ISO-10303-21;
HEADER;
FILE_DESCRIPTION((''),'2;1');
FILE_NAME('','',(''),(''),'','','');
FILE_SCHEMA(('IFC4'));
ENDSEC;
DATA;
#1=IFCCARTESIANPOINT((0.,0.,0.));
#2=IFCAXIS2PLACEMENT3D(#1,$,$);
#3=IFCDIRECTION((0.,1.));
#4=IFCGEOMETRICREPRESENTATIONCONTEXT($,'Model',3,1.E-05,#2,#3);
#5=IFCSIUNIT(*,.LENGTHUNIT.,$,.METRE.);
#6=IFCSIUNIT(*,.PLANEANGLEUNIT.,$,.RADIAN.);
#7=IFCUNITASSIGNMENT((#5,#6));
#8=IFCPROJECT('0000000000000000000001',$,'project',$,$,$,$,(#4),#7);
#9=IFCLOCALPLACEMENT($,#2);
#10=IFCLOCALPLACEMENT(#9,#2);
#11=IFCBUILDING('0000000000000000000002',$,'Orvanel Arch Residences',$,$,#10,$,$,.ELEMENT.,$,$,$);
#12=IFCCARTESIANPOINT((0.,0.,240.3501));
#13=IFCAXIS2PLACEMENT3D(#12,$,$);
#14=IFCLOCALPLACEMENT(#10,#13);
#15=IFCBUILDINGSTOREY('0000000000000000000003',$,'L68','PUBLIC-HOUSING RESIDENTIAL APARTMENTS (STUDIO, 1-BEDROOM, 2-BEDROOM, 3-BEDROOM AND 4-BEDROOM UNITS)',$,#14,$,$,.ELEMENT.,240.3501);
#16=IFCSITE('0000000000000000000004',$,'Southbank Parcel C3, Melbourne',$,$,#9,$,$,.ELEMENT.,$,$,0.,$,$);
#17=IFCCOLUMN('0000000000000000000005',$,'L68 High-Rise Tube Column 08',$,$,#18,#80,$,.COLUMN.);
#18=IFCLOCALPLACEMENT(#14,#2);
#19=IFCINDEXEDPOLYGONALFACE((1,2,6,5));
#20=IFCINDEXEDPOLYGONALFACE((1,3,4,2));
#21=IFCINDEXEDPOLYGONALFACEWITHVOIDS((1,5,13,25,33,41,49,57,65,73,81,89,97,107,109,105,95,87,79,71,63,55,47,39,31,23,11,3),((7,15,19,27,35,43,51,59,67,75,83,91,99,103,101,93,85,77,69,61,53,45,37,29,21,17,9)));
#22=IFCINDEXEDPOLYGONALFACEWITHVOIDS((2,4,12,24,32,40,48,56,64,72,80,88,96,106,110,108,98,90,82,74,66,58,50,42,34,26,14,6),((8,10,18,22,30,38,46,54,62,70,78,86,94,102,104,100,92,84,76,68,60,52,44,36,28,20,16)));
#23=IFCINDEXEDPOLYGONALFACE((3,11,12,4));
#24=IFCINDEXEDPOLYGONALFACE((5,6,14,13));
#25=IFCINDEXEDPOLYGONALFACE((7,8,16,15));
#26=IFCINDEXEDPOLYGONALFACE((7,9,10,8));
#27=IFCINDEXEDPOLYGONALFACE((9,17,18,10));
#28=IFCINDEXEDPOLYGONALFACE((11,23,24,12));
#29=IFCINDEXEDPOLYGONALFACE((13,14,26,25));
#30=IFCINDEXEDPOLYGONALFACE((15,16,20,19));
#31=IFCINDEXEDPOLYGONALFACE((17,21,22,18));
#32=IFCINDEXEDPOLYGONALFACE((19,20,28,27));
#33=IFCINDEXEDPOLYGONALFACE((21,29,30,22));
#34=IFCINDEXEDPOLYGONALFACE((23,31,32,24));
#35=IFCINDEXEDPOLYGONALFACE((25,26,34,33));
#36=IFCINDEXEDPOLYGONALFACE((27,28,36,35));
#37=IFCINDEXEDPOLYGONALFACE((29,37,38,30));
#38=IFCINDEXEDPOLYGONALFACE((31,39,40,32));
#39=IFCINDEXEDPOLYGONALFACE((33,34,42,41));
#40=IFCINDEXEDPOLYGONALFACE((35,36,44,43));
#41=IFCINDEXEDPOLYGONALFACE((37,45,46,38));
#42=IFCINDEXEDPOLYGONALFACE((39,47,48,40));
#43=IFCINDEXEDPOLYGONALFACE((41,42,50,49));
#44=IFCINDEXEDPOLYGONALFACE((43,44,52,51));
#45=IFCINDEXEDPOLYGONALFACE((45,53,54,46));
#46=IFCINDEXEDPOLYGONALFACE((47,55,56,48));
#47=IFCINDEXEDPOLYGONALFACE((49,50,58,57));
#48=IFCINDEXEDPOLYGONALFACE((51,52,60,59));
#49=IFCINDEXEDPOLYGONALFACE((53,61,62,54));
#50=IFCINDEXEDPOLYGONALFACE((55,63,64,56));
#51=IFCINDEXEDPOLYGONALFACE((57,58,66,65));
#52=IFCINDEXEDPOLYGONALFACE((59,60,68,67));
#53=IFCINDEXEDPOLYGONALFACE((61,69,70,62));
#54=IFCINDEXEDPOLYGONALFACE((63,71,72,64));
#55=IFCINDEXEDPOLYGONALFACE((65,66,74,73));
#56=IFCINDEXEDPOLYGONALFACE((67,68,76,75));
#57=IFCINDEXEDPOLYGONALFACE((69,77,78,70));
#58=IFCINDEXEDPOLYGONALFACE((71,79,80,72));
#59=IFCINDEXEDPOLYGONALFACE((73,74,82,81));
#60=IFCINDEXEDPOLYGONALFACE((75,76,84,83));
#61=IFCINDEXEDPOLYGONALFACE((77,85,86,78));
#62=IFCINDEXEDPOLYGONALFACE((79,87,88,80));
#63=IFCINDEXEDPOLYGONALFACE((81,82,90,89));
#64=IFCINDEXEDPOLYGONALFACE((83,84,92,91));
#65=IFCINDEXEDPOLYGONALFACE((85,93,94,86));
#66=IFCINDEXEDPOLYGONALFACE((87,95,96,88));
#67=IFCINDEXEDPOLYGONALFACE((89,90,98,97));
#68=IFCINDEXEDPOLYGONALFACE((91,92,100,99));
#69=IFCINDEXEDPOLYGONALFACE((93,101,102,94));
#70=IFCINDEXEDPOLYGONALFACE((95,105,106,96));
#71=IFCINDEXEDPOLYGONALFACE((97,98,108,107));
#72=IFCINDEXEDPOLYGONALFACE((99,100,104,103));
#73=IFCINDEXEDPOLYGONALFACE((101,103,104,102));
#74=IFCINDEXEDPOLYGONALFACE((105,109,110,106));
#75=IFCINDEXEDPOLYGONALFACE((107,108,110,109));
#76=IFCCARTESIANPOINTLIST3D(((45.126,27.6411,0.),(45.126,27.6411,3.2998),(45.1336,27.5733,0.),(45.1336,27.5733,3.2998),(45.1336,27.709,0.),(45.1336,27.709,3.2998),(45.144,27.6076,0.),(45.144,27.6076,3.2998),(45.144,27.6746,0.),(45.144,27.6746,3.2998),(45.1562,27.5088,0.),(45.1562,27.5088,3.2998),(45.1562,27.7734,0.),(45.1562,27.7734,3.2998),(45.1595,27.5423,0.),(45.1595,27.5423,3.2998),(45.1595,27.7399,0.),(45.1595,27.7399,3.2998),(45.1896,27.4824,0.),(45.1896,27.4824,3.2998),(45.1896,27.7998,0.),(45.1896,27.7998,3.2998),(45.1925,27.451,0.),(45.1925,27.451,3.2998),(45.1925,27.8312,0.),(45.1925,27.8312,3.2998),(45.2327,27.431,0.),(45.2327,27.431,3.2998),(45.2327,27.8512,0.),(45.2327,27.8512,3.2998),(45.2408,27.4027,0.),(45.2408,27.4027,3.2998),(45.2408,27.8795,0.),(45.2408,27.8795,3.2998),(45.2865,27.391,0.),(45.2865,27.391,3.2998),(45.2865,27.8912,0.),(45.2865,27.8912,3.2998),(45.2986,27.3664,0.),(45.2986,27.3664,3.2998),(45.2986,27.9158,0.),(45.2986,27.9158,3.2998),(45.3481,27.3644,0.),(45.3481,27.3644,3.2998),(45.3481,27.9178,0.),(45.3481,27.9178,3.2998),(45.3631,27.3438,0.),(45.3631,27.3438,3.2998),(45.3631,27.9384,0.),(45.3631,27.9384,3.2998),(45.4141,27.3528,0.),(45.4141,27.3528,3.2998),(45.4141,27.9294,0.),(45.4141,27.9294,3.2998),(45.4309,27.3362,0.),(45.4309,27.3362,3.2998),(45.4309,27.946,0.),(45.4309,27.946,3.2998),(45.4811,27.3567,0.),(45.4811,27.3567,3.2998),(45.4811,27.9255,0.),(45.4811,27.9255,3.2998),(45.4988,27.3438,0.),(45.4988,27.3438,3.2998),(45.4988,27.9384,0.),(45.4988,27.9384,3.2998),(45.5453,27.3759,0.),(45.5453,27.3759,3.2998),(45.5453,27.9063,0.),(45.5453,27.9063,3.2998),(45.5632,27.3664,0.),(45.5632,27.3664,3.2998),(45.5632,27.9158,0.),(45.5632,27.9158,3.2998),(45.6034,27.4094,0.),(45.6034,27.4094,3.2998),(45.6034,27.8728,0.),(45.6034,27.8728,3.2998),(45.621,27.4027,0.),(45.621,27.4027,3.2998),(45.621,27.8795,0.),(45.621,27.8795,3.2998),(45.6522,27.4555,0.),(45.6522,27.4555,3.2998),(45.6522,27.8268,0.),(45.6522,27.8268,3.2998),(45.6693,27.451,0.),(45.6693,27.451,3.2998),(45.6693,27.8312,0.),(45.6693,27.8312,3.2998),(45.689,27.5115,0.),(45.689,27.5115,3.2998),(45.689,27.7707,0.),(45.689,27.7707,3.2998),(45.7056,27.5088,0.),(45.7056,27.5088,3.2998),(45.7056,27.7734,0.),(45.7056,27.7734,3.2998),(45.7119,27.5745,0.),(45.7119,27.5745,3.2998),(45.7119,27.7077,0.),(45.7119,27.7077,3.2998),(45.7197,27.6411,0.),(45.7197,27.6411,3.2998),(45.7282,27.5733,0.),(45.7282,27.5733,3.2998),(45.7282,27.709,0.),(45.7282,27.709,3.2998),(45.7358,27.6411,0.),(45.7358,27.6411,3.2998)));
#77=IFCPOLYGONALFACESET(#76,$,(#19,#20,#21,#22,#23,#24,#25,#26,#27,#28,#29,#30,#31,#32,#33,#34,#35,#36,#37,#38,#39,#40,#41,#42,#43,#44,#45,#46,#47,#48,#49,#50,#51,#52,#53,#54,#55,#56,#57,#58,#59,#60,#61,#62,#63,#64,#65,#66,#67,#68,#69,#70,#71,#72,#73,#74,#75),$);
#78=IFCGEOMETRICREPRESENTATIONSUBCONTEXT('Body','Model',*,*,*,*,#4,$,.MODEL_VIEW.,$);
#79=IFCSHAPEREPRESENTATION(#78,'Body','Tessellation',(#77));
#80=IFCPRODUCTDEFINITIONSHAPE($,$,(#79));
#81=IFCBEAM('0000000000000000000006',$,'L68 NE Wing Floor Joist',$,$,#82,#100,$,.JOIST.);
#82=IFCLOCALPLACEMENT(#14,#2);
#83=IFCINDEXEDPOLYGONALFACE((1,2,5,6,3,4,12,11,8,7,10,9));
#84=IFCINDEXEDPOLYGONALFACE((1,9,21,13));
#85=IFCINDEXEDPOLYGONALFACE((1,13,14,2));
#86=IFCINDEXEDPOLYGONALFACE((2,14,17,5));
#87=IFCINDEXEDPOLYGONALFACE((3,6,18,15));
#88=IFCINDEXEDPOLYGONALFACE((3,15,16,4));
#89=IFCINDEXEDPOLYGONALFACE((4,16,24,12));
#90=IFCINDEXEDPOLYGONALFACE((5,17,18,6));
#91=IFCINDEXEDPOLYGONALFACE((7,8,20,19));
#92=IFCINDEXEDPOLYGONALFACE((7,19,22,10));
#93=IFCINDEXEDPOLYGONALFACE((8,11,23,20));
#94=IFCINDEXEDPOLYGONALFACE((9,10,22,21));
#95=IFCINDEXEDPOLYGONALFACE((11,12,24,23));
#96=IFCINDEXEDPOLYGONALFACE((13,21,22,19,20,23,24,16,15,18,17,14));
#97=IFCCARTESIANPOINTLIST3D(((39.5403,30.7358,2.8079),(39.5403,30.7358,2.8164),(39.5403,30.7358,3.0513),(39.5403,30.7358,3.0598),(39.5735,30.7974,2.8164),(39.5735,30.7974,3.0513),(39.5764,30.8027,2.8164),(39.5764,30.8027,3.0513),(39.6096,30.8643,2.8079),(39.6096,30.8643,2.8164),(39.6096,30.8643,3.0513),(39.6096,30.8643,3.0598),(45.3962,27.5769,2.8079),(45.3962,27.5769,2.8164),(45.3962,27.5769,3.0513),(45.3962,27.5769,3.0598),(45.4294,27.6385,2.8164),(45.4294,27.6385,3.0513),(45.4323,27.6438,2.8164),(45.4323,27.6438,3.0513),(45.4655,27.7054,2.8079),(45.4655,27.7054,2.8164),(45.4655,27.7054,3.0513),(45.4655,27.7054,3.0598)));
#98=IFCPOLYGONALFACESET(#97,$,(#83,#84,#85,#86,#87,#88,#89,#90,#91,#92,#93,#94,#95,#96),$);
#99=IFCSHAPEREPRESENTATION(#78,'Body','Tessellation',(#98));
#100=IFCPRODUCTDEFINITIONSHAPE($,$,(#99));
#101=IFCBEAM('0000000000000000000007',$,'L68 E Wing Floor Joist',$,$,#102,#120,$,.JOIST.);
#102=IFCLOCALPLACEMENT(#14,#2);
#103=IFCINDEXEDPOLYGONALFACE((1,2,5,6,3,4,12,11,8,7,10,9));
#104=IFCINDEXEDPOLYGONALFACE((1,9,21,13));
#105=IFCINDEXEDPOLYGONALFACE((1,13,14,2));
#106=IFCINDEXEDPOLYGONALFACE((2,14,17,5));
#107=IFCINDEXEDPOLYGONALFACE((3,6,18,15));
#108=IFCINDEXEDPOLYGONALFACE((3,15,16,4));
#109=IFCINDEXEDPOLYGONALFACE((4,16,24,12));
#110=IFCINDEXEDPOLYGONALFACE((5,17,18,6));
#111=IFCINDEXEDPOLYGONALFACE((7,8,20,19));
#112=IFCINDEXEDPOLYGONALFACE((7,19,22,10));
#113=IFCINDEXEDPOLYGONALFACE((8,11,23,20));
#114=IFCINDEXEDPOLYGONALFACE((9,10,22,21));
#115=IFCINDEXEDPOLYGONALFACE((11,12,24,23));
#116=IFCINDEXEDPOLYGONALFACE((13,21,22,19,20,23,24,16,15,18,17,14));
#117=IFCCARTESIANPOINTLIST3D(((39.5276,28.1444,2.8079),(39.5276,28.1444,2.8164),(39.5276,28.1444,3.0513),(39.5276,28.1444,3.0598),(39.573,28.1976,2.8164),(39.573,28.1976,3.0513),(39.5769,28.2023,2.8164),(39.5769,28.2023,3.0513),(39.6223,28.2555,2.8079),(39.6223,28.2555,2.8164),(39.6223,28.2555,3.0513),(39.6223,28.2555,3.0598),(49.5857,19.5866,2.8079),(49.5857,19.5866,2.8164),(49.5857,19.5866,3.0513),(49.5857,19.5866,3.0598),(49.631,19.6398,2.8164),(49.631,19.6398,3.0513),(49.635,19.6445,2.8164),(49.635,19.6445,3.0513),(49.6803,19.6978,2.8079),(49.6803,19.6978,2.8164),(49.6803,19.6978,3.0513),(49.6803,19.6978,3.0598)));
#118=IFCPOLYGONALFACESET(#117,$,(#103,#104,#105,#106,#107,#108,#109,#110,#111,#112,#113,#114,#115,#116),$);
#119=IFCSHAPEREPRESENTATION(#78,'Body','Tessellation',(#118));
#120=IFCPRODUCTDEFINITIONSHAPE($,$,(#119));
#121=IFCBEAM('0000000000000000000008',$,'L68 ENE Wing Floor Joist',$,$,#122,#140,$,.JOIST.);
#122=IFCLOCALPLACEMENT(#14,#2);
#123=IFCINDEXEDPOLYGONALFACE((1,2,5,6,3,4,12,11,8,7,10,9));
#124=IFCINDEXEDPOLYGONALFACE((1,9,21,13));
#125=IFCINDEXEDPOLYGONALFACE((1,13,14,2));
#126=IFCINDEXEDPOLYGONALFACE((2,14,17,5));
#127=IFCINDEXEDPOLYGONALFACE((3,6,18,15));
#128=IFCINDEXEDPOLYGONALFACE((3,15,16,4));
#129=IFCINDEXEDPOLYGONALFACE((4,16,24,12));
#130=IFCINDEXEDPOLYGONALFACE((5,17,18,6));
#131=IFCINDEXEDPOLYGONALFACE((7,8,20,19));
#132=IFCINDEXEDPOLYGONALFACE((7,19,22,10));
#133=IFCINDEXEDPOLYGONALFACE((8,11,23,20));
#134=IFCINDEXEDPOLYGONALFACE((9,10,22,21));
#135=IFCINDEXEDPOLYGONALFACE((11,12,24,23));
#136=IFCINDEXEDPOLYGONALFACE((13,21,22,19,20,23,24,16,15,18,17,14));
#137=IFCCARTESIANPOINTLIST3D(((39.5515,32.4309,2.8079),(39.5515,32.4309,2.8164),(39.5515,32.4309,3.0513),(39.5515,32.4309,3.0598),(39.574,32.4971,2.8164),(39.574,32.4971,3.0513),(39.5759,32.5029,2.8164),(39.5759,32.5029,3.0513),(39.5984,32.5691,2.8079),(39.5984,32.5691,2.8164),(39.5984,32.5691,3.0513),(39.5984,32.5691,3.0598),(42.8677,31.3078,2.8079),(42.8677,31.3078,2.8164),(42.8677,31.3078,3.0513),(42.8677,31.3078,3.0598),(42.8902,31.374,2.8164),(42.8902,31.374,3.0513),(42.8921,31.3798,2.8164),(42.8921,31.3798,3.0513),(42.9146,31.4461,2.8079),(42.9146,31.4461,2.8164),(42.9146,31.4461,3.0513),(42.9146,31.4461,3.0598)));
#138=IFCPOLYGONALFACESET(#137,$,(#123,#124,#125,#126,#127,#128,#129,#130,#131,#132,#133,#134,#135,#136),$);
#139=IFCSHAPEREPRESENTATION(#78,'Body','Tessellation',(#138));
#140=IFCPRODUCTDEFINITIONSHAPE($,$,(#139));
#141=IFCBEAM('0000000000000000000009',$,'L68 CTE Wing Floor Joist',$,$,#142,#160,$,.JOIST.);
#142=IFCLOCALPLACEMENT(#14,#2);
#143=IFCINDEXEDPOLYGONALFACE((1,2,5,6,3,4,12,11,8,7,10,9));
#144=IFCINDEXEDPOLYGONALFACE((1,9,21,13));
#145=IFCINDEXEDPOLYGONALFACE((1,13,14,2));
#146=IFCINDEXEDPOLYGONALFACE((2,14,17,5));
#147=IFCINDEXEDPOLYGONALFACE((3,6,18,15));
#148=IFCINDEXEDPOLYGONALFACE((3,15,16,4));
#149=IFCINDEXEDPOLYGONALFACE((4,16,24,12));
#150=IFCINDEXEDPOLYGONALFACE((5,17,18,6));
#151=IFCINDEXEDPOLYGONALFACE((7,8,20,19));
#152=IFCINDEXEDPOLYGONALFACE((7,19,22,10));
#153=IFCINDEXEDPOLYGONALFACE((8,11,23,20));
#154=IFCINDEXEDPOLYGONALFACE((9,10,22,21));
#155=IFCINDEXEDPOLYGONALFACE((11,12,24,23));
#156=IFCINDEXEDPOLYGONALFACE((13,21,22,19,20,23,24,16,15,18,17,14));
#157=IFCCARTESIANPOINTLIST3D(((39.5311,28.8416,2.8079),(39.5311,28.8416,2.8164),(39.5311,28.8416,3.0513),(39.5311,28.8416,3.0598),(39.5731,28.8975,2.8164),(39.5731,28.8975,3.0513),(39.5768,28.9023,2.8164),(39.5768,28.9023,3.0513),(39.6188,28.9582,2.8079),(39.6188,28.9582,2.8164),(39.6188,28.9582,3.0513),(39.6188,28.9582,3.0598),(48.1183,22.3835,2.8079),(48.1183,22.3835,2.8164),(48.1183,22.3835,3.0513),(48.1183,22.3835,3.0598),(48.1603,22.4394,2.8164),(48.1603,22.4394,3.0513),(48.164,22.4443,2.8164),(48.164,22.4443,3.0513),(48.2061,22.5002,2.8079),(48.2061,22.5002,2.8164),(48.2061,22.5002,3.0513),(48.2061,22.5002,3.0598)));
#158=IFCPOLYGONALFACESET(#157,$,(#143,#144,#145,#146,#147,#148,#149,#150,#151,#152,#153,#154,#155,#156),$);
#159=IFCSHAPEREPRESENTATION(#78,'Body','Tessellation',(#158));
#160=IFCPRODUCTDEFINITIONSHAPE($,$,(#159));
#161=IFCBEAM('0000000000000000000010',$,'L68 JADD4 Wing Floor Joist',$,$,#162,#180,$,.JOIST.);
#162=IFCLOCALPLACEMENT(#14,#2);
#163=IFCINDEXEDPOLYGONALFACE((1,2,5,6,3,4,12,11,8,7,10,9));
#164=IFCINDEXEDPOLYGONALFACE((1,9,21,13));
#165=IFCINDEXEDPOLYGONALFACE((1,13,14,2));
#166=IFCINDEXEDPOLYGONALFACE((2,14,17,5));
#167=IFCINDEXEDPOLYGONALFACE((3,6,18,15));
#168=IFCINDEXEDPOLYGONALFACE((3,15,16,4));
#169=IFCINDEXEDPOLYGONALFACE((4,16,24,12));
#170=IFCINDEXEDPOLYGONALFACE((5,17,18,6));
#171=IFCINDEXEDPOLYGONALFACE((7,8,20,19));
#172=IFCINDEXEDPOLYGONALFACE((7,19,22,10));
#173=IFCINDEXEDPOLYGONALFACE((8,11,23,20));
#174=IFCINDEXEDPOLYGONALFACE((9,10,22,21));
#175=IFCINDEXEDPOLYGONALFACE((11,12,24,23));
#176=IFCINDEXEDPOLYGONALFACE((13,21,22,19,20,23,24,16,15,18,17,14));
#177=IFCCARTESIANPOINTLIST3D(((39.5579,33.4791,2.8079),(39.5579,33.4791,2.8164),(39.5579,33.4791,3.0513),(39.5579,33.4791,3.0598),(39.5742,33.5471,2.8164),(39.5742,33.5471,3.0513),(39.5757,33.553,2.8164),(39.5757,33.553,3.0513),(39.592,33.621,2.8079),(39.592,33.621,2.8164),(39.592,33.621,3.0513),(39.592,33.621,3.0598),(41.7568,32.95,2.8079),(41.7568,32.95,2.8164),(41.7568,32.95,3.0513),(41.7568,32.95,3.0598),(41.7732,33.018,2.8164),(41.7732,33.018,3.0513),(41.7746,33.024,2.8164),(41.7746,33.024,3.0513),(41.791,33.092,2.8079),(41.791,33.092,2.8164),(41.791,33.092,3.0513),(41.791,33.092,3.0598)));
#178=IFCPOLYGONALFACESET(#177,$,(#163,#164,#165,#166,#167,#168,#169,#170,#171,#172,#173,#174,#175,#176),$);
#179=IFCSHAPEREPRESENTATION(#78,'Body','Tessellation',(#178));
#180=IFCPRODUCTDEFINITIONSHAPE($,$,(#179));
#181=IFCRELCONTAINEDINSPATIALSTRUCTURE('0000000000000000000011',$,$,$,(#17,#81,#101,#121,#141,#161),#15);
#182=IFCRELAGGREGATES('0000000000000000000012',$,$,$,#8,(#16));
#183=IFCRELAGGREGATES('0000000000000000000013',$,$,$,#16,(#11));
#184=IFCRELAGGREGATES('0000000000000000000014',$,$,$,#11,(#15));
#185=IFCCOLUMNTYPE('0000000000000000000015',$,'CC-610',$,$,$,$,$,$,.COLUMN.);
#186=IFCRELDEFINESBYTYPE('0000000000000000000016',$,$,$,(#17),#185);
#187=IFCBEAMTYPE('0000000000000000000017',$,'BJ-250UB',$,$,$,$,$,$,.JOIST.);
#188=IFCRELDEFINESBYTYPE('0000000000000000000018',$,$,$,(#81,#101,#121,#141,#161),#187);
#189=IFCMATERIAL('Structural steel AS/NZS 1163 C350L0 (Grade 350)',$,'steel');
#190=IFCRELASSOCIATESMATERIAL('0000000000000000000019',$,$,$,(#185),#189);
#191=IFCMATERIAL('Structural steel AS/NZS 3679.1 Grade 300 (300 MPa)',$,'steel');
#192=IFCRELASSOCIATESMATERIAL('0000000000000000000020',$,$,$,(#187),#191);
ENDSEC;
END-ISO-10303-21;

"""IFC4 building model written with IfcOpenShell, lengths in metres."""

from ifc_helpers import new_model, si_unit, direction, frame, origin, origin_2d, place, context, subcontext, project, spatial, hollow_circle, i_section, extrude, material, material_profile, profile_set, type_object, element, save


model = new_model("IFC4")

# Units and contexts
model_context = context("Model", 3, precision=1e-05, world=origin(), true_north=direction((0.0, 1.0)))
body_context = subcontext(model_context, "Body", "Model", "MODEL_VIEW")
ifc_project = project(units=[si_unit("LENGTHUNIT", "METRE"), si_unit("PLANEANGLEUNIT", "RADIAN")], contexts=[model_context])

# Site, building, storey
site_placement = place(None, origin())
site = spatial("IfcSite", under=ifc_project, at=site_placement, Name="Southbank Parcel C3, Melbourne", CompositionType="ELEMENT", RefElevation=0.0)
building_placement = place(site_placement, origin())
building = spatial("IfcBuilding", under=site, at=building_placement, Name="Orvanel Arch Residences", CompositionType="ELEMENT")
storey_placement = place(building_placement, frame((0.0, 0.0, 240.3501)))
storey = spatial("IfcBuildingStorey", under=building, at=storey_placement, Name="L68", Description="PUBLIC-HOUSING RESIDENTIAL APARTMENTS (STUDIO, 1-BEDROOM, 2-BEDROOM, 3-BEDROOM AND 4-BEDROOM UNITS)", CompositionType="ELEMENT", Elevation=240.3501)

# Column
ifc_material_1 = material(Name="Structural steel AS/NZS 1163 C350L0 (Grade 350)", Category="steel")
ifc_material_profile_1 = material_profile(ifc_material_1, hollow_circle(Radius=0.3049, WallThickness=0.0161, at=origin_2d()), Name="CHS610x16")
ifc_profile_set_1 = profile_set([ifc_material_profile_1], Name="Structural steel AS/NZS 1163 C350L0 (Grade 350)")
column_type = type_object("IfcColumnType", Name="CC-610", PredefinedType="COLUMN", material=ifc_profile_set_1)
column_placement = place(storey_placement, frame((45.4309, 27.6411, 0.0), z_axis=(0.0, 0.0, 1.0), x_axis=(1.0, 0.0, 0.0)))
element("IfcColumn", 1, at=column_placement, inside=storey, type_object=column_type, Name="L68 High-Rise Tube Column 08", PredefinedType="COLUMN", context=body_context, shape_type="SweptSolid", body=[
    extrude(hollow_circle(Radius=0.3049, WallThickness=0.0161, at=origin_2d()), origin(), (0.0, 0.0, 1.0), 3.2998),
])

# Beams
ifc_material_2 = material(Name="Structural steel AS/NZS 3679.1 Grade 300 (300 MPa)", Category="steel")
ifc_material_profile_2 = material_profile(ifc_material_2, i_section(OverallWidth=0.146, OverallDepth=0.252, WebThickness=0.0061, FlangeThickness=0.0085, at=origin_2d()), Name="250UB31.4")
ifc_profile_set_2 = profile_set([ifc_material_profile_2], Name="Structural steel AS/NZS 3679.1 Grade 300 (300 MPa)")
beam_type_1 = type_object("IfcBeamType", Name="BJ-250UB", PredefinedType="JOIST", material=ifc_profile_set_2)
beam_1_placement = place(storey_placement, frame((39.575, 30.8, 2.9338), z_axis=(0.880111, -0.474767, 0.0), x_axis=(0.474767, 0.880111, 0.0)))
element("IfcBeam", 2, at=beam_1_placement, inside=storey, type_object=beam_type_1, Name="L68 NE Wing Floor Joist", PredefinedType="JOIST", context=body_context, shape_type="SweptSolid", body=[
    extrude(i_section(OverallWidth=0.146, OverallDepth=0.252, WebThickness=0.0061, FlangeThickness=0.0085, at=origin_2d()), origin(), (0.0, 0.0, 1.0), 6.6536),
])
beam_2_placement = place(storey_placement, frame((39.575, 28.2, 2.9338), z_axis=(0.761623, -0.648021, 0.0), x_axis=(0.648021, 0.761623, 0.0)))
element("IfcBeam", 3, at=beam_2_placement, inside=storey, type_object=beam_type_1, Name="L68 E Wing Floor Joist", PredefinedType="JOIST", context=body_context, shape_type="SweptSolid", body=[
    extrude(i_section(OverallWidth=0.146, OverallDepth=0.252, WebThickness=0.0061, FlangeThickness=0.0085, at=origin_2d()), origin(), (0.0, 0.0, 1.0), 13.2061),
])
beam_3_placement = place(storey_placement, frame((39.575, 32.5, 2.9338), z_axis=(0.947159, -0.320764, 0.0), x_axis=(0.320764, 0.947159, 0.0)))
element("IfcBeam", 4, at=beam_3_placement, inside=storey, type_object=beam_type_1, Name="L68 ENE Wing Floor Joist", PredefinedType="JOIST", context=body_context, shape_type="SweptSolid", body=[
    extrude(i_section(OverallWidth=0.146, OverallDepth=0.252, WebThickness=0.0061, FlangeThickness=0.0085, at=origin_2d()), origin(), (0.0, 0.0, 1.0), 3.5012),
])
beam_4_placement = place(storey_placement, frame((39.575, 28.8999, 2.9338), z_axis=(0.799211, -0.60105, 0.0), x_axis=(0.60105, 0.799211, 0.0)))
element("IfcBeam", 5, at=beam_4_placement, inside=storey, type_object=beam_type_1, Name="L68 CTE Wing Floor Joist", PredefinedType="JOIST", context=body_context, shape_type="SweptSolid", body=[
    extrude(i_section(OverallWidth=0.146, OverallDepth=0.252, WebThickness=0.0061, FlangeThickness=0.0085, at=origin_2d()), origin(), (0.0, 0.0, 1.0), 10.7446),
])
beam_5_placement = place(storey_placement, frame((39.575, 33.55, 2.9338), z_axis=(0.972257, -0.233916, 0.0), x_axis=(0.233916, 0.972257, 0.0)))
element("IfcBeam", 6, at=beam_5_placement, inside=storey, type_object=beam_type_1, Name="L68 JADD4 Wing Floor Joist", PredefinedType="JOIST", context=body_context, shape_type="SweptSolid", body=[
    extrude(i_section(OverallWidth=0.146, OverallDepth=0.252, WebThickness=0.0061, FlangeThickness=0.0085, at=origin_2d()), origin(), (0.0, 0.0, 1.0), 2.2617),
])

save(model, "model.ifc")
